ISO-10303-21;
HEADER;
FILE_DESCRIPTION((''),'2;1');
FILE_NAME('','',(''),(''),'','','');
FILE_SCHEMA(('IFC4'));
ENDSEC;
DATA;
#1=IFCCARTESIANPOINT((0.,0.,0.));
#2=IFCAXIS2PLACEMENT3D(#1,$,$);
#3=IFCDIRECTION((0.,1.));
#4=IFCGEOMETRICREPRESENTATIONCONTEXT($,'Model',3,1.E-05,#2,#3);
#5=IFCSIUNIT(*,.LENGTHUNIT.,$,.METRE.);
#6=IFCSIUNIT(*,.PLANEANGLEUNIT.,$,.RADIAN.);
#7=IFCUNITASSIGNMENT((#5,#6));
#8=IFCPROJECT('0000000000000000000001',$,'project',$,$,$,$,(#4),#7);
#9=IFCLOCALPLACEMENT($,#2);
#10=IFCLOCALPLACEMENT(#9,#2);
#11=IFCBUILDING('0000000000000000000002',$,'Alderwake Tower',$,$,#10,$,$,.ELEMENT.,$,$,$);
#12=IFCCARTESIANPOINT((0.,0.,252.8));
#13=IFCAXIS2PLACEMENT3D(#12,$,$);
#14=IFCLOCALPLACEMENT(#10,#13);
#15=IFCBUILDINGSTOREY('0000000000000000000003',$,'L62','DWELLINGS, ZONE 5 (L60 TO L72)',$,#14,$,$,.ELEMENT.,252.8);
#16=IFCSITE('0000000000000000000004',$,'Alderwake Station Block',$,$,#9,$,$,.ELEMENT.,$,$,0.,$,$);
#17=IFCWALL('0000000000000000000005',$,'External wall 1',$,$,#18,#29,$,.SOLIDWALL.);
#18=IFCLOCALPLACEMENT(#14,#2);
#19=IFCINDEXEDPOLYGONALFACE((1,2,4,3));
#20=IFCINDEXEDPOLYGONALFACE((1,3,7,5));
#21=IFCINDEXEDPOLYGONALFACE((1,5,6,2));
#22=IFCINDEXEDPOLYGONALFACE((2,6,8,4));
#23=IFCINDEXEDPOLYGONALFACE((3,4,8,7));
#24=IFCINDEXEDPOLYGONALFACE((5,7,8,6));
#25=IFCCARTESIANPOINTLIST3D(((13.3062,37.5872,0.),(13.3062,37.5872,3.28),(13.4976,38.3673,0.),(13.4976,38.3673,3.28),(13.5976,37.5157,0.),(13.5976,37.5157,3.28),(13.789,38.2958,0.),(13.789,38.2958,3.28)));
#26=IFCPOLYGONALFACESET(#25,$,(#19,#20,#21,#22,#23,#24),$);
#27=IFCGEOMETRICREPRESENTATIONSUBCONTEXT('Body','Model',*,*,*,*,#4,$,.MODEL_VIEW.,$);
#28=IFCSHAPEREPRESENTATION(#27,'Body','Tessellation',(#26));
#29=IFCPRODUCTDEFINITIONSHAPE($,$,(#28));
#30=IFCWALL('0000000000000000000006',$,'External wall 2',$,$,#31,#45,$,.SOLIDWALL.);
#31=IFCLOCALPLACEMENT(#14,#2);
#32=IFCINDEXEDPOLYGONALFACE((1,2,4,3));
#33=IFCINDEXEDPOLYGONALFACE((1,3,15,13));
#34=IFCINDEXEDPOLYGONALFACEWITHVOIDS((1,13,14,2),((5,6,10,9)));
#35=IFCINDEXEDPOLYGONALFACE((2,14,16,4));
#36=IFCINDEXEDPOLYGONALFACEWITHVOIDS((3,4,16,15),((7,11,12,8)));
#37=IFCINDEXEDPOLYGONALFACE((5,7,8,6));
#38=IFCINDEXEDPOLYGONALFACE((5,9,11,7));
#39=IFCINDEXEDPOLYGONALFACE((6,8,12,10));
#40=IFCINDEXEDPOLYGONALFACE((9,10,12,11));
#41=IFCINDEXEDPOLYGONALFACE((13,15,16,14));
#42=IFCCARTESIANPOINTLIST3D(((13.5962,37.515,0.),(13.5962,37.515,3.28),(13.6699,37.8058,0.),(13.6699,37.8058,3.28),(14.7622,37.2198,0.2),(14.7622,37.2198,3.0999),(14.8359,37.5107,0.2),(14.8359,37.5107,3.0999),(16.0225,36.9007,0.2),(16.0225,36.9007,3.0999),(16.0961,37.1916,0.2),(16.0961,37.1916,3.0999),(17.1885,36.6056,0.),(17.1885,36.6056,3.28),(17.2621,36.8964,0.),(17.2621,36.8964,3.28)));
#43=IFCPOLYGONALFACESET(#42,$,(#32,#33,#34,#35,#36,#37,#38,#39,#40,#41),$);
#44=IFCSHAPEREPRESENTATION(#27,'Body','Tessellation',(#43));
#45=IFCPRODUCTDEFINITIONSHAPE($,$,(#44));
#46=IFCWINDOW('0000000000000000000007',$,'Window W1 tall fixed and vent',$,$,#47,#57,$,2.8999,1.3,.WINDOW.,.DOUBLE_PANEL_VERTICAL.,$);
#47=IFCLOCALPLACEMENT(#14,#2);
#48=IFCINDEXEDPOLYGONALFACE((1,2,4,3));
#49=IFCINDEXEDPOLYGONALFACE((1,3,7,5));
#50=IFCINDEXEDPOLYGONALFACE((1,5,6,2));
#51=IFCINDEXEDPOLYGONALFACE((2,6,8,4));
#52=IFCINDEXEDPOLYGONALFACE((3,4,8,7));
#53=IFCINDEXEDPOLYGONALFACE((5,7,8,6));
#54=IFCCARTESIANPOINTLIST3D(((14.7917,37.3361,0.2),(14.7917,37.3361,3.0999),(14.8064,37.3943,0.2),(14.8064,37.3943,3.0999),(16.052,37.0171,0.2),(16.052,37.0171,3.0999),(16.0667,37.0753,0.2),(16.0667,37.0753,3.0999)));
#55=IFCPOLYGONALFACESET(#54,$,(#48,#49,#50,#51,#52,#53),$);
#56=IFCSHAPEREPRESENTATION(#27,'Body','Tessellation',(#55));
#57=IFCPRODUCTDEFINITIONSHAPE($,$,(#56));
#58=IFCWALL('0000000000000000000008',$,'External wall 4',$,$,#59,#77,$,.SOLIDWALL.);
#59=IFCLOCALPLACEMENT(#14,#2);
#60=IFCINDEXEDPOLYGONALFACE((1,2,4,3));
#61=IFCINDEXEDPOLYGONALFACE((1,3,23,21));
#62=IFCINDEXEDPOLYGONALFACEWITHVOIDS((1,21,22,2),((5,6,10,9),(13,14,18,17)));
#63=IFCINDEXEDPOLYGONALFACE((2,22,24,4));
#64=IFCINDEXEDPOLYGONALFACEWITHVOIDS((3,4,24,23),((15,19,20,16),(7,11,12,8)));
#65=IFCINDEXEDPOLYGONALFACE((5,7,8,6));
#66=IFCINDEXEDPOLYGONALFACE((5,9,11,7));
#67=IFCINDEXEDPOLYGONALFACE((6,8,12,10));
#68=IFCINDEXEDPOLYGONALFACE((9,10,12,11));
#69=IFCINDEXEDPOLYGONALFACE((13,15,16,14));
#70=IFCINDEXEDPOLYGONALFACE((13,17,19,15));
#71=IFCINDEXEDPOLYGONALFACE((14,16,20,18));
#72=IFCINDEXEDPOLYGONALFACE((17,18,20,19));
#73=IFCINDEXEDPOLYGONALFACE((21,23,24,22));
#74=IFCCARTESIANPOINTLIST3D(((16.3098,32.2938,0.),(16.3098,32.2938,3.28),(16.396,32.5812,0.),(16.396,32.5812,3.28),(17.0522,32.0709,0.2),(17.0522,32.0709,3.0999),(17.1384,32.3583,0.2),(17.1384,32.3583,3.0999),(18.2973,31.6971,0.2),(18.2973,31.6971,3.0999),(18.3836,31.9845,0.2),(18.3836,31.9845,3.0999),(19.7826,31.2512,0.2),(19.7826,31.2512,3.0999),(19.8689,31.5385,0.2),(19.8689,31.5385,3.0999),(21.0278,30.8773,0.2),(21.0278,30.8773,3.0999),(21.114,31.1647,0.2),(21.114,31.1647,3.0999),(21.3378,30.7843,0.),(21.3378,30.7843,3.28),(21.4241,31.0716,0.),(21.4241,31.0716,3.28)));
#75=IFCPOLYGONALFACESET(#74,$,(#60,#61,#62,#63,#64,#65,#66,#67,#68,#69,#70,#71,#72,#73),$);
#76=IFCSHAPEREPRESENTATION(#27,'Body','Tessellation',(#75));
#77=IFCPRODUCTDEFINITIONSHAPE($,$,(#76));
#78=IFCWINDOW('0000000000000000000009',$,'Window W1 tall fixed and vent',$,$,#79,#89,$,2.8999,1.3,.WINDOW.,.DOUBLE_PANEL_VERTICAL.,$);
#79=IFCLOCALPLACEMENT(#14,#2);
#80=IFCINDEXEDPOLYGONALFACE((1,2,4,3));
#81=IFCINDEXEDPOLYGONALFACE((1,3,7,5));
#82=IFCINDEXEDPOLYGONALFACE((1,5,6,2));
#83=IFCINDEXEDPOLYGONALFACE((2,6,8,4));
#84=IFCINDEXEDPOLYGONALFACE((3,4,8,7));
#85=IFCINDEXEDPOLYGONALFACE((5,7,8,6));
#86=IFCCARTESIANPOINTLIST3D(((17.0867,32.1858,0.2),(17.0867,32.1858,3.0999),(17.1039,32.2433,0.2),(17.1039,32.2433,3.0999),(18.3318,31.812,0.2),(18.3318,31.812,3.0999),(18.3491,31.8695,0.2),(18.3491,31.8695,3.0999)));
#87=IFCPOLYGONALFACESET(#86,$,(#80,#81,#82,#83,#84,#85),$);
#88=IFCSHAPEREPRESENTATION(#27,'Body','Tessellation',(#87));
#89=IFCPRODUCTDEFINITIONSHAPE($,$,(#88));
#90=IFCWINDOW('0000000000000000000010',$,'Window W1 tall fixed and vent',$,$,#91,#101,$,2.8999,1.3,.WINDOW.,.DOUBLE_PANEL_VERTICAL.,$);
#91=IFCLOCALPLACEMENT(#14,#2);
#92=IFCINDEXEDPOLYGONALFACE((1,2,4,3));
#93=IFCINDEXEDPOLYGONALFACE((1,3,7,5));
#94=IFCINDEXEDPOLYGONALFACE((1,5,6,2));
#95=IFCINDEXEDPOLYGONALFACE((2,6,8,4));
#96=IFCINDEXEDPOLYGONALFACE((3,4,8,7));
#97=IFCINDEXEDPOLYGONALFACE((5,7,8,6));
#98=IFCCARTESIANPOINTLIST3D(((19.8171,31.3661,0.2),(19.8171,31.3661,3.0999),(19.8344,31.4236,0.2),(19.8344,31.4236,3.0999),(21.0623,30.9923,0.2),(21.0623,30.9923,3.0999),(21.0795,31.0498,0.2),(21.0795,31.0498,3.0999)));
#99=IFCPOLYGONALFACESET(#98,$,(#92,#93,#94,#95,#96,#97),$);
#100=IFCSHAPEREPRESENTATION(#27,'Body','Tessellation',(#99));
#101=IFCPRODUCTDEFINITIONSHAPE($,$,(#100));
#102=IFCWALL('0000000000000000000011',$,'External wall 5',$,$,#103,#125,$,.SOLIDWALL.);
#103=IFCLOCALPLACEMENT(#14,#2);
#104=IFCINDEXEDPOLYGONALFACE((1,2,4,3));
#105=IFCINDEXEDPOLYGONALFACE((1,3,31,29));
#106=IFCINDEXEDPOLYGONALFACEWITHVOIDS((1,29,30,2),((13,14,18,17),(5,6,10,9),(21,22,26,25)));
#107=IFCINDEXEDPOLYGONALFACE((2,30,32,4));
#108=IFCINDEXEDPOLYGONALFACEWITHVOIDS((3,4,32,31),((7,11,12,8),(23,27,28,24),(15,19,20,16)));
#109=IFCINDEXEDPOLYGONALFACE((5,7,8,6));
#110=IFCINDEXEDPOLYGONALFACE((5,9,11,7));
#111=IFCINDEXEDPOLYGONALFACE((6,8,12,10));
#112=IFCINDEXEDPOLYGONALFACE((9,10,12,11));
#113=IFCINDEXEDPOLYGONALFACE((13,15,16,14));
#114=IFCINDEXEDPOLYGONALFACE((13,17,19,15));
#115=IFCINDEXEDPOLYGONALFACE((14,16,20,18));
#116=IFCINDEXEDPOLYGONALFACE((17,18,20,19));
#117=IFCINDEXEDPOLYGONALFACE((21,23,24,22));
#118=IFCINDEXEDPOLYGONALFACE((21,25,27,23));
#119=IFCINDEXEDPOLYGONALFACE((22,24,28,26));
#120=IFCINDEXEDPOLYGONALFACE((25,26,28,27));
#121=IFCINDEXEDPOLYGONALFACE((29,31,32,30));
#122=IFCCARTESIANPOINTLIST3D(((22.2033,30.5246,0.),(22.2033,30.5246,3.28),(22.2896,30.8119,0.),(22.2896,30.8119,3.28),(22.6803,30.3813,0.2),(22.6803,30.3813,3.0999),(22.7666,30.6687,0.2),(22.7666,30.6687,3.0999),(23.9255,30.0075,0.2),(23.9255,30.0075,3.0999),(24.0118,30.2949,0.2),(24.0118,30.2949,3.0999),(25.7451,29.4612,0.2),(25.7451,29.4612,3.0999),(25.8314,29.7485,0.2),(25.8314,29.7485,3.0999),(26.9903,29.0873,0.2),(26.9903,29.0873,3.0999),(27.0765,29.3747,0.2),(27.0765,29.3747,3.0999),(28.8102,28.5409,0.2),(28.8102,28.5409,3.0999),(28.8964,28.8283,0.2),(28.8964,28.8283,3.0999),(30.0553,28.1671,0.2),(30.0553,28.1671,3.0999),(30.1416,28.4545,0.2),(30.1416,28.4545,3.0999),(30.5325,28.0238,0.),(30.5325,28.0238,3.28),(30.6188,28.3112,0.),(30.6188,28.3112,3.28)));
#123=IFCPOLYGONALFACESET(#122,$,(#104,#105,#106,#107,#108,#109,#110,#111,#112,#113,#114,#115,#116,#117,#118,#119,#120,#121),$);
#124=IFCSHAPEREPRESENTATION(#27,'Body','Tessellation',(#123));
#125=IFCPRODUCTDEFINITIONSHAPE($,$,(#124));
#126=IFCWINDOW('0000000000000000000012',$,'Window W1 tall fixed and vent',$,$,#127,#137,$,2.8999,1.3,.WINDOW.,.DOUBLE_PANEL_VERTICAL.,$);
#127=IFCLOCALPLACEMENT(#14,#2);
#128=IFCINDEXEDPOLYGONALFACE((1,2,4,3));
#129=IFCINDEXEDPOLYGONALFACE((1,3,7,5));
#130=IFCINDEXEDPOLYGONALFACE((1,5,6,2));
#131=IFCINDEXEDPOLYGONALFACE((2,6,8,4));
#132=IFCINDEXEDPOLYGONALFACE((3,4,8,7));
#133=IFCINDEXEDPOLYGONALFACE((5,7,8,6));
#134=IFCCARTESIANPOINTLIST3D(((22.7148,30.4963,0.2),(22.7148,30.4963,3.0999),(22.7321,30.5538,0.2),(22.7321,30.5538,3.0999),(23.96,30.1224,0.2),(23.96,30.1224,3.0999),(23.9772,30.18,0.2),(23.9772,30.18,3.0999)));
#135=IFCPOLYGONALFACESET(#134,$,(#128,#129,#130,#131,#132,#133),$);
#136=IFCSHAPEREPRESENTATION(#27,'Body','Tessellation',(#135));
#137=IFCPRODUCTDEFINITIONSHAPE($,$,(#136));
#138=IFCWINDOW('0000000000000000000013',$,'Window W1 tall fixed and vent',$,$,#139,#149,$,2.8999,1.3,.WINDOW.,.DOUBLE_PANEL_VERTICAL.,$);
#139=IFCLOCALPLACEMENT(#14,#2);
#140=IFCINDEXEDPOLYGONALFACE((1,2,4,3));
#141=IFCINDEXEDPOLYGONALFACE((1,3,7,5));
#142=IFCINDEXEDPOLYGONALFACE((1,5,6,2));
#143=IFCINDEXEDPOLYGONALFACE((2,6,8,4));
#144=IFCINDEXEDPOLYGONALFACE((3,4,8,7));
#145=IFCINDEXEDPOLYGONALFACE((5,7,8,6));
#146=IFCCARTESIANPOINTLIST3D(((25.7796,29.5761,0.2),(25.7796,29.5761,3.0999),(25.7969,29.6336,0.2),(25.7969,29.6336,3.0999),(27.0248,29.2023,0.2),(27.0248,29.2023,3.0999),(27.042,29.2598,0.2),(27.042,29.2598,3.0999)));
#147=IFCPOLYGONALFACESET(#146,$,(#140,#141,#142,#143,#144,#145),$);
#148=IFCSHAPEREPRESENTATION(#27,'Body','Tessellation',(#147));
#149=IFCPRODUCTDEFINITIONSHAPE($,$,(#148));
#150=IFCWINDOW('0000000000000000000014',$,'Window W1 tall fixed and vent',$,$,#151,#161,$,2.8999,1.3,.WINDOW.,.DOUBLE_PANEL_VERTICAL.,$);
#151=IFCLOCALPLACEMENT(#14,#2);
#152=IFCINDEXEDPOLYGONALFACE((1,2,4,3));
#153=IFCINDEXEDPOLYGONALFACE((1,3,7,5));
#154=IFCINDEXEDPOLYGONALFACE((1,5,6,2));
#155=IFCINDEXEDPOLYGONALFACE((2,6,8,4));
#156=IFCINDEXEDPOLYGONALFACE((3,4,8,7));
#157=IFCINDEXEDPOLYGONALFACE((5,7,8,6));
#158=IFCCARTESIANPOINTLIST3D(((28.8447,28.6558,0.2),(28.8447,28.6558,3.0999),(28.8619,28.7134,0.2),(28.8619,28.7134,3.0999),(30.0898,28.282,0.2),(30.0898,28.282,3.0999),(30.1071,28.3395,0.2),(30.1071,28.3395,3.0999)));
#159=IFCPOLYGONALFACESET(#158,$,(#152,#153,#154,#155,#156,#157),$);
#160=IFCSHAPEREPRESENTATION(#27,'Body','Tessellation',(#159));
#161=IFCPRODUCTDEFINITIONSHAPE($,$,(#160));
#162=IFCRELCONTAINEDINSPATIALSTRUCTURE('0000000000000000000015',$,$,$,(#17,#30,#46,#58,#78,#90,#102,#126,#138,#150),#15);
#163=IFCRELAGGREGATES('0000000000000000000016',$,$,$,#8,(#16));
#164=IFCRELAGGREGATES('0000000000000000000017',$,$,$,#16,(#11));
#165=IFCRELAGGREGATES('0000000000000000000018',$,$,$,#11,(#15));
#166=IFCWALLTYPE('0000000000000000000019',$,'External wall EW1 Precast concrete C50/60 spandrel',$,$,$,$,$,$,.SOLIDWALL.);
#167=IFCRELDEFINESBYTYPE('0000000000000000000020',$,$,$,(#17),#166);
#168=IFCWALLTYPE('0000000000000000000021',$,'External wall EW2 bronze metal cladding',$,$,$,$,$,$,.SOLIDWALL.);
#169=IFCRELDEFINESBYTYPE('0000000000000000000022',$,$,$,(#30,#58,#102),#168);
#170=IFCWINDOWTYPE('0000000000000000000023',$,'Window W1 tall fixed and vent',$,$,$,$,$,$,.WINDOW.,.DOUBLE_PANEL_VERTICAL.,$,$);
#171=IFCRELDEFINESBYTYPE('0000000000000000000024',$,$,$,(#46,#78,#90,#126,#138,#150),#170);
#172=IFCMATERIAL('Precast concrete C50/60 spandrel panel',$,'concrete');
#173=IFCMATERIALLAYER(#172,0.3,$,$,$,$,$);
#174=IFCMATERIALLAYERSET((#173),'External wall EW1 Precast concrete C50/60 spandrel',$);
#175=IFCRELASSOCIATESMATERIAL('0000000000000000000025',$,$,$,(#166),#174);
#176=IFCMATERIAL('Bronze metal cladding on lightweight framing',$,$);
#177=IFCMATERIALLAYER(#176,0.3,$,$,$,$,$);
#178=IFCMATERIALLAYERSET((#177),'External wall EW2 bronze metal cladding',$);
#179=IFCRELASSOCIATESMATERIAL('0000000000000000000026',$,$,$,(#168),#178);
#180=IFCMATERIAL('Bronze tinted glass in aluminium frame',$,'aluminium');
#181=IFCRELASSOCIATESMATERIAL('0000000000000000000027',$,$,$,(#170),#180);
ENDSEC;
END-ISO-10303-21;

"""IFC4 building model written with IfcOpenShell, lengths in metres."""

from ifc_helpers import new_model, si_unit, direction, frame, frame_2d, origin, place, context, subcontext, project, spatial, rectangle, extrude, material, layer, layer_set, type_object, element, fill, save


model = new_model("IFC4")

# Units and contexts
model_context = context("Model", 3, precision=1e-05, world=origin(), true_north=direction((0.0, 1.0)))
body_context = subcontext(model_context, "Body", "Model", "MODEL_VIEW")
ifc_project = project(units=[si_unit("LENGTHUNIT", "METRE"), si_unit("PLANEANGLEUNIT", "RADIAN")], contexts=[model_context])

# Site, building, storey
site_placement = place(None, origin())
site = spatial("IfcSite", under=ifc_project, at=site_placement, Name="Alderwake Station Block", CompositionType="ELEMENT", RefElevation=0.0)
building_placement = place(site_placement, origin())
building = spatial("IfcBuilding", under=site, at=building_placement, Name="Alderwake Tower", CompositionType="ELEMENT")
storey_placement = place(building_placement, frame((0.0, 0.0, 252.8)))
storey = spatial("IfcBuildingStorey", under=building, at=storey_placement, Name="L62", Description="DWELLINGS, ZONE 5 (L60 TO L72)", CompositionType="ELEMENT", Elevation=252.8)

# Wall
ifc_material_1 = material(Name="Precast concrete C50/60 spandrel panel", Category="concrete")
ifc_layer_1 = layer(ifc_material_1, 0.3)
ifc_layer_set_1 = layer_set([ifc_layer_1], Name="External wall EW1 Precast concrete C50/60 spandrel")
wall_type_1 = type_object("IfcWallType", Name="External wall EW1 Precast concrete C50/60 spandrel", PredefinedType="SOLIDWALL", material=ifc_layer_set_1)
wall_1_placement = place(storey_placement, frame((13.6433, 38.3315, 0.0), z_axis=(0.0, 0.0, 1.0), x_axis=(-0.238313, -0.971188, 0.0)))
element("IfcWall", 1, at=wall_1_placement, inside=storey, type_object=wall_type_1, Name="External wall 1", PredefinedType="SOLIDWALL", context=body_context, shape_type="SweptSolid", body=[
    extrude(rectangle(XDim=0.8032, YDim=0.3, at=frame_2d((0.4016, 0.0))), origin(), (0.0, 0.0, 1.0), 3.28),
])

# Wall, opening, window
ifc_material_2 = material(Name="Bronze metal cladding on lightweight framing")
ifc_layer_2 = layer(ifc_material_2, 0.3)
ifc_layer_set_2 = layer_set([ifc_layer_2], Name="External wall EW2 bronze metal cladding")
wall_type_2 = type_object("IfcWallType", Name="External wall EW2 bronze metal cladding", PredefinedType="SOLIDWALL", material=ifc_layer_set_2)
wall_2_placement = place(storey_placement, frame((13.6331, 37.6604, 0.0), z_axis=(0.0, 0.0, 1.0), x_axis=(0.969417, -0.245418, 0.0)))
wall_2 = element("IfcWall", 2, at=wall_2_placement, inside=storey, type_object=wall_type_2, Name="External wall 2", PredefinedType="SOLIDWALL", context=body_context, shape_type="SweptSolid", body=[
    extrude(rectangle(XDim=3.7056, YDim=0.3, at=frame_2d((1.8528, 0.0))), origin(), (0.0, 0.0, 1.0), 3.28),
])
opening_1_placement = place(wall_2_placement, frame((1.2029, 0.0, 0.2)))
opening_1 = element("IfcOpeningElement", 3, at=opening_1_placement, cuts=wall_2, PredefinedType="OPENING", context=body_context, shape_type="SweptSolid", body=[
    extrude(rectangle(XDim=1.3, YDim=2.8999, at=frame_2d((0.6499, 1.45))), frame((0.0, 0.1599, 0.0), z_axis=(0.0, -1.0, 0.0), x_axis=(1.0, 0.0, 0.0)), (0.0, 0.0, 1.0), 0.3201),
])
ifc_material_3 = material(Name="Bronze tinted glass in aluminium frame", Category="aluminium")
window_type = type_object("IfcWindowType", Name="Window W1 tall fixed and vent", PartitioningType="DOUBLE_PANEL_VERTICAL", PredefinedType="WINDOW", material=ifc_material_3)
window_1_placement = place(opening_1_placement, origin())
window_1 = element("IfcWindow", 4, at=window_1_placement, inside=storey, type_object=window_type, Name="Window W1 tall fixed and vent", OverallHeight=2.8999, OverallWidth=1.3, PartitioningType="DOUBLE_PANEL_VERTICAL", PredefinedType="WINDOW", context=body_context, shape_type="SweptSolid", body=[
    extrude(rectangle(XDim=1.3, YDim=2.8999, at=frame_2d((0.6499, 1.45))), frame((0.0, 0.03, 0.0), z_axis=(0.0, -1.0, 0.0), x_axis=(1.0, 0.0, 0.0)), (0.0, 0.0, 1.0), 0.0601),
])
fill(opening_1, window_1)

# Walls, openings, windows
wall_3_placement = place(storey_placement, frame((16.3528, 32.4375, 0.0), z_axis=(0.0, 0.0, 1.0), x_axis=(0.957769, -0.28754, 0.0)))
wall_3 = element("IfcWall", 5, at=wall_3_placement, inside=storey, type_object=wall_type_2, Name="External wall 4", PredefinedType="SOLIDWALL", context=body_context, shape_type="SweptSolid", body=[
    extrude(rectangle(XDim=5.2498, YDim=0.3, at=frame_2d((2.625, 0.0))), origin(), (0.0, 0.0, 1.0), 3.28),
])
opening_2_placement = place(wall_3_placement, frame((0.7754, 0.0, 0.2)))
opening_2 = element("IfcOpeningElement", 6, at=opening_2_placement, cuts=wall_3, PredefinedType="OPENING", context=body_context, shape_type="SweptSolid", body=[
    extrude(rectangle(XDim=1.3, YDim=2.8999, at=frame_2d((0.6499, 1.45))), frame((0.0, 0.1599, 0.0), z_axis=(0.0, -1.0, 0.0), x_axis=(1.0, 0.0, 0.0)), (0.0, 0.0, 1.0), 0.3201),
])
opening_3_placement = place(wall_3_placement, frame((3.6262, 0.0, 0.2)))
opening_3 = element("IfcOpeningElement", 7, at=opening_3_placement, cuts=wall_3, PredefinedType="OPENING", context=body_context, shape_type="SweptSolid", body=[
    extrude(rectangle(XDim=1.3, YDim=2.8999, at=frame_2d((0.6499, 1.45))), frame((0.0, 0.1599, 0.0), z_axis=(0.0, -1.0, 0.0), x_axis=(1.0, 0.0, 0.0)), (0.0, 0.0, 1.0), 0.3201),
])
window_2_placement = place(opening_2_placement, origin())
window_2 = element("IfcWindow", 8, at=window_2_placement, inside=storey, type_object=window_type, Name="Window W1 tall fixed and vent", OverallHeight=2.8999, OverallWidth=1.3, PartitioningType="DOUBLE_PANEL_VERTICAL", PredefinedType="WINDOW", context=body_context, shape_type="SweptSolid", body=[
    extrude(rectangle(XDim=1.3, YDim=2.8999, at=frame_2d((0.6499, 1.45))), frame((0.0, 0.03, 0.0), z_axis=(0.0, -1.0, 0.0), x_axis=(1.0, 0.0, 0.0)), (0.0, 0.0, 1.0), 0.0601),
])
fill(opening_2, window_2)
window_3_placement = place(opening_3_placement, origin())
window_3 = element("IfcWindow", 9, at=window_3_placement, inside=storey, type_object=window_type, Name="Window W1 tall fixed and vent", OverallHeight=2.8999, OverallWidth=1.3, PartitioningType="DOUBLE_PANEL_VERTICAL", PredefinedType="WINDOW", context=body_context, shape_type="SweptSolid", body=[
    extrude(rectangle(XDim=1.3, YDim=2.8999, at=frame_2d((0.6499, 1.45))), frame((0.0, 0.03, 0.0), z_axis=(0.0, -1.0, 0.0), x_axis=(1.0, 0.0, 0.0)), (0.0, 0.0, 1.0), 0.0601),
])
fill(opening_3, window_3)
wall_4_placement = place(storey_placement, frame((22.2466, 30.6682, 0.0), z_axis=(0.0, 0.0, 1.0), x_axis=(0.957763, -0.287559, 0.0)))
wall_4 = element("IfcWall", 10, at=wall_4_placement, inside=storey, type_object=wall_type_2, Name="External wall 5", PredefinedType="SOLIDWALL", context=body_context, shape_type="SweptSolid", body=[
    extrude(rectangle(XDim=8.6965, YDim=0.3, at=frame_2d((4.3481, 0.0))), origin(), (0.0, 0.0, 1.0), 3.28),
])
opening_4_placement = place(wall_4_placement, frame((0.498, 0.0, 0.2)))
opening_4 = element("IfcOpeningElement", 11, at=opening_4_placement, cuts=wall_4, PredefinedType="OPENING", context=body_context, shape_type="SweptSolid", body=[
    extrude(rectangle(XDim=1.3, YDim=2.8999, at=frame_2d((0.6499, 1.45))), frame((0.0, 0.1599, 0.0), z_axis=(0.0, -1.0, 0.0), x_axis=(1.0, 0.0, 0.0)), (0.0, 0.0, 1.0), 0.3201),
])
opening_5_placement = place(wall_4_placement, frame((3.698, 0.0, 0.2)))
opening_5 = element("IfcOpeningElement", 12, at=opening_5_placement, cuts=wall_4, PredefinedType="OPENING", context=body_context, shape_type="SweptSolid", body=[
    extrude(rectangle(XDim=1.3, YDim=2.8999, at=frame_2d((0.6499, 1.45))), frame((0.0, 0.1599, 0.0), z_axis=(0.0, -1.0, 0.0), x_axis=(1.0, 0.0, 0.0)), (0.0, 0.0, 1.0), 0.3201),
])
opening_6_placement = place(wall_4_placement, frame((6.8982, 0.0, 0.2)))
opening_6 = element("IfcOpeningElement", 13, at=opening_6_placement, cuts=wall_4, PredefinedType="OPENING", context=body_context, shape_type="SweptSolid", body=[
    extrude(rectangle(XDim=1.3, YDim=2.8999, at=frame_2d((0.6499, 1.45))), frame((0.0, 0.1599, 0.0), z_axis=(0.0, -1.0, 0.0), x_axis=(1.0, 0.0, 0.0)), (0.0, 0.0, 1.0), 0.3201),
])
window_4_placement = place(opening_4_placement, origin())
window_4 = element("IfcWindow", 14, at=window_4_placement, inside=storey, type_object=window_type, Name="Window W1 tall fixed and vent", OverallHeight=2.8999, OverallWidth=1.3, PartitioningType="DOUBLE_PANEL_VERTICAL", PredefinedType="WINDOW", context=body_context, shape_type="SweptSolid", body=[
    extrude(rectangle(XDim=1.3, YDim=2.8999, at=frame_2d((0.6499, 1.45))), frame((0.0, 0.03, 0.0), z_axis=(0.0, -1.0, 0.0), x_axis=(1.0, 0.0, 0.0)), (0.0, 0.0, 1.0), 0.0601),
])
fill(opening_4, window_4)
window_5_placement = place(opening_5_placement, origin())
window_5 = element("IfcWindow", 15, at=window_5_placement, inside=storey, type_object=window_type, Name="Window W1 tall fixed and vent", OverallHeight=2.8999, OverallWidth=1.3, PartitioningType="DOUBLE_PANEL_VERTICAL", PredefinedType="WINDOW", context=body_context, shape_type="SweptSolid", body=[
    extrude(rectangle(XDim=1.3, YDim=2.8999, at=frame_2d((0.6499, 1.45))), frame((0.0, 0.03, 0.0), z_axis=(0.0, -1.0, 0.0), x_axis=(1.0, 0.0, 0.0)), (0.0, 0.0, 1.0), 0.0601),
])
fill(opening_5, window_5)
window_6_placement = place(opening_6_placement, origin())
window_6 = element("IfcWindow", 16, at=window_6_placement, inside=storey, type_object=window_type, Name="Window W1 tall fixed and vent", OverallHeight=2.8999, OverallWidth=1.3, PartitioningType="DOUBLE_PANEL_VERTICAL", PredefinedType="WINDOW", context=body_context, shape_type="SweptSolid", body=[
    extrude(rectangle(XDim=1.3, YDim=2.8999, at=frame_2d((0.6499, 1.45))), frame((0.0, 0.03, 0.0), z_axis=(0.0, -1.0, 0.0), x_axis=(1.0, 0.0, 0.0)), (0.0, 0.0, 1.0), 0.0601),
])
fill(opening_6, window_6)

save(model, "model.ifc")
